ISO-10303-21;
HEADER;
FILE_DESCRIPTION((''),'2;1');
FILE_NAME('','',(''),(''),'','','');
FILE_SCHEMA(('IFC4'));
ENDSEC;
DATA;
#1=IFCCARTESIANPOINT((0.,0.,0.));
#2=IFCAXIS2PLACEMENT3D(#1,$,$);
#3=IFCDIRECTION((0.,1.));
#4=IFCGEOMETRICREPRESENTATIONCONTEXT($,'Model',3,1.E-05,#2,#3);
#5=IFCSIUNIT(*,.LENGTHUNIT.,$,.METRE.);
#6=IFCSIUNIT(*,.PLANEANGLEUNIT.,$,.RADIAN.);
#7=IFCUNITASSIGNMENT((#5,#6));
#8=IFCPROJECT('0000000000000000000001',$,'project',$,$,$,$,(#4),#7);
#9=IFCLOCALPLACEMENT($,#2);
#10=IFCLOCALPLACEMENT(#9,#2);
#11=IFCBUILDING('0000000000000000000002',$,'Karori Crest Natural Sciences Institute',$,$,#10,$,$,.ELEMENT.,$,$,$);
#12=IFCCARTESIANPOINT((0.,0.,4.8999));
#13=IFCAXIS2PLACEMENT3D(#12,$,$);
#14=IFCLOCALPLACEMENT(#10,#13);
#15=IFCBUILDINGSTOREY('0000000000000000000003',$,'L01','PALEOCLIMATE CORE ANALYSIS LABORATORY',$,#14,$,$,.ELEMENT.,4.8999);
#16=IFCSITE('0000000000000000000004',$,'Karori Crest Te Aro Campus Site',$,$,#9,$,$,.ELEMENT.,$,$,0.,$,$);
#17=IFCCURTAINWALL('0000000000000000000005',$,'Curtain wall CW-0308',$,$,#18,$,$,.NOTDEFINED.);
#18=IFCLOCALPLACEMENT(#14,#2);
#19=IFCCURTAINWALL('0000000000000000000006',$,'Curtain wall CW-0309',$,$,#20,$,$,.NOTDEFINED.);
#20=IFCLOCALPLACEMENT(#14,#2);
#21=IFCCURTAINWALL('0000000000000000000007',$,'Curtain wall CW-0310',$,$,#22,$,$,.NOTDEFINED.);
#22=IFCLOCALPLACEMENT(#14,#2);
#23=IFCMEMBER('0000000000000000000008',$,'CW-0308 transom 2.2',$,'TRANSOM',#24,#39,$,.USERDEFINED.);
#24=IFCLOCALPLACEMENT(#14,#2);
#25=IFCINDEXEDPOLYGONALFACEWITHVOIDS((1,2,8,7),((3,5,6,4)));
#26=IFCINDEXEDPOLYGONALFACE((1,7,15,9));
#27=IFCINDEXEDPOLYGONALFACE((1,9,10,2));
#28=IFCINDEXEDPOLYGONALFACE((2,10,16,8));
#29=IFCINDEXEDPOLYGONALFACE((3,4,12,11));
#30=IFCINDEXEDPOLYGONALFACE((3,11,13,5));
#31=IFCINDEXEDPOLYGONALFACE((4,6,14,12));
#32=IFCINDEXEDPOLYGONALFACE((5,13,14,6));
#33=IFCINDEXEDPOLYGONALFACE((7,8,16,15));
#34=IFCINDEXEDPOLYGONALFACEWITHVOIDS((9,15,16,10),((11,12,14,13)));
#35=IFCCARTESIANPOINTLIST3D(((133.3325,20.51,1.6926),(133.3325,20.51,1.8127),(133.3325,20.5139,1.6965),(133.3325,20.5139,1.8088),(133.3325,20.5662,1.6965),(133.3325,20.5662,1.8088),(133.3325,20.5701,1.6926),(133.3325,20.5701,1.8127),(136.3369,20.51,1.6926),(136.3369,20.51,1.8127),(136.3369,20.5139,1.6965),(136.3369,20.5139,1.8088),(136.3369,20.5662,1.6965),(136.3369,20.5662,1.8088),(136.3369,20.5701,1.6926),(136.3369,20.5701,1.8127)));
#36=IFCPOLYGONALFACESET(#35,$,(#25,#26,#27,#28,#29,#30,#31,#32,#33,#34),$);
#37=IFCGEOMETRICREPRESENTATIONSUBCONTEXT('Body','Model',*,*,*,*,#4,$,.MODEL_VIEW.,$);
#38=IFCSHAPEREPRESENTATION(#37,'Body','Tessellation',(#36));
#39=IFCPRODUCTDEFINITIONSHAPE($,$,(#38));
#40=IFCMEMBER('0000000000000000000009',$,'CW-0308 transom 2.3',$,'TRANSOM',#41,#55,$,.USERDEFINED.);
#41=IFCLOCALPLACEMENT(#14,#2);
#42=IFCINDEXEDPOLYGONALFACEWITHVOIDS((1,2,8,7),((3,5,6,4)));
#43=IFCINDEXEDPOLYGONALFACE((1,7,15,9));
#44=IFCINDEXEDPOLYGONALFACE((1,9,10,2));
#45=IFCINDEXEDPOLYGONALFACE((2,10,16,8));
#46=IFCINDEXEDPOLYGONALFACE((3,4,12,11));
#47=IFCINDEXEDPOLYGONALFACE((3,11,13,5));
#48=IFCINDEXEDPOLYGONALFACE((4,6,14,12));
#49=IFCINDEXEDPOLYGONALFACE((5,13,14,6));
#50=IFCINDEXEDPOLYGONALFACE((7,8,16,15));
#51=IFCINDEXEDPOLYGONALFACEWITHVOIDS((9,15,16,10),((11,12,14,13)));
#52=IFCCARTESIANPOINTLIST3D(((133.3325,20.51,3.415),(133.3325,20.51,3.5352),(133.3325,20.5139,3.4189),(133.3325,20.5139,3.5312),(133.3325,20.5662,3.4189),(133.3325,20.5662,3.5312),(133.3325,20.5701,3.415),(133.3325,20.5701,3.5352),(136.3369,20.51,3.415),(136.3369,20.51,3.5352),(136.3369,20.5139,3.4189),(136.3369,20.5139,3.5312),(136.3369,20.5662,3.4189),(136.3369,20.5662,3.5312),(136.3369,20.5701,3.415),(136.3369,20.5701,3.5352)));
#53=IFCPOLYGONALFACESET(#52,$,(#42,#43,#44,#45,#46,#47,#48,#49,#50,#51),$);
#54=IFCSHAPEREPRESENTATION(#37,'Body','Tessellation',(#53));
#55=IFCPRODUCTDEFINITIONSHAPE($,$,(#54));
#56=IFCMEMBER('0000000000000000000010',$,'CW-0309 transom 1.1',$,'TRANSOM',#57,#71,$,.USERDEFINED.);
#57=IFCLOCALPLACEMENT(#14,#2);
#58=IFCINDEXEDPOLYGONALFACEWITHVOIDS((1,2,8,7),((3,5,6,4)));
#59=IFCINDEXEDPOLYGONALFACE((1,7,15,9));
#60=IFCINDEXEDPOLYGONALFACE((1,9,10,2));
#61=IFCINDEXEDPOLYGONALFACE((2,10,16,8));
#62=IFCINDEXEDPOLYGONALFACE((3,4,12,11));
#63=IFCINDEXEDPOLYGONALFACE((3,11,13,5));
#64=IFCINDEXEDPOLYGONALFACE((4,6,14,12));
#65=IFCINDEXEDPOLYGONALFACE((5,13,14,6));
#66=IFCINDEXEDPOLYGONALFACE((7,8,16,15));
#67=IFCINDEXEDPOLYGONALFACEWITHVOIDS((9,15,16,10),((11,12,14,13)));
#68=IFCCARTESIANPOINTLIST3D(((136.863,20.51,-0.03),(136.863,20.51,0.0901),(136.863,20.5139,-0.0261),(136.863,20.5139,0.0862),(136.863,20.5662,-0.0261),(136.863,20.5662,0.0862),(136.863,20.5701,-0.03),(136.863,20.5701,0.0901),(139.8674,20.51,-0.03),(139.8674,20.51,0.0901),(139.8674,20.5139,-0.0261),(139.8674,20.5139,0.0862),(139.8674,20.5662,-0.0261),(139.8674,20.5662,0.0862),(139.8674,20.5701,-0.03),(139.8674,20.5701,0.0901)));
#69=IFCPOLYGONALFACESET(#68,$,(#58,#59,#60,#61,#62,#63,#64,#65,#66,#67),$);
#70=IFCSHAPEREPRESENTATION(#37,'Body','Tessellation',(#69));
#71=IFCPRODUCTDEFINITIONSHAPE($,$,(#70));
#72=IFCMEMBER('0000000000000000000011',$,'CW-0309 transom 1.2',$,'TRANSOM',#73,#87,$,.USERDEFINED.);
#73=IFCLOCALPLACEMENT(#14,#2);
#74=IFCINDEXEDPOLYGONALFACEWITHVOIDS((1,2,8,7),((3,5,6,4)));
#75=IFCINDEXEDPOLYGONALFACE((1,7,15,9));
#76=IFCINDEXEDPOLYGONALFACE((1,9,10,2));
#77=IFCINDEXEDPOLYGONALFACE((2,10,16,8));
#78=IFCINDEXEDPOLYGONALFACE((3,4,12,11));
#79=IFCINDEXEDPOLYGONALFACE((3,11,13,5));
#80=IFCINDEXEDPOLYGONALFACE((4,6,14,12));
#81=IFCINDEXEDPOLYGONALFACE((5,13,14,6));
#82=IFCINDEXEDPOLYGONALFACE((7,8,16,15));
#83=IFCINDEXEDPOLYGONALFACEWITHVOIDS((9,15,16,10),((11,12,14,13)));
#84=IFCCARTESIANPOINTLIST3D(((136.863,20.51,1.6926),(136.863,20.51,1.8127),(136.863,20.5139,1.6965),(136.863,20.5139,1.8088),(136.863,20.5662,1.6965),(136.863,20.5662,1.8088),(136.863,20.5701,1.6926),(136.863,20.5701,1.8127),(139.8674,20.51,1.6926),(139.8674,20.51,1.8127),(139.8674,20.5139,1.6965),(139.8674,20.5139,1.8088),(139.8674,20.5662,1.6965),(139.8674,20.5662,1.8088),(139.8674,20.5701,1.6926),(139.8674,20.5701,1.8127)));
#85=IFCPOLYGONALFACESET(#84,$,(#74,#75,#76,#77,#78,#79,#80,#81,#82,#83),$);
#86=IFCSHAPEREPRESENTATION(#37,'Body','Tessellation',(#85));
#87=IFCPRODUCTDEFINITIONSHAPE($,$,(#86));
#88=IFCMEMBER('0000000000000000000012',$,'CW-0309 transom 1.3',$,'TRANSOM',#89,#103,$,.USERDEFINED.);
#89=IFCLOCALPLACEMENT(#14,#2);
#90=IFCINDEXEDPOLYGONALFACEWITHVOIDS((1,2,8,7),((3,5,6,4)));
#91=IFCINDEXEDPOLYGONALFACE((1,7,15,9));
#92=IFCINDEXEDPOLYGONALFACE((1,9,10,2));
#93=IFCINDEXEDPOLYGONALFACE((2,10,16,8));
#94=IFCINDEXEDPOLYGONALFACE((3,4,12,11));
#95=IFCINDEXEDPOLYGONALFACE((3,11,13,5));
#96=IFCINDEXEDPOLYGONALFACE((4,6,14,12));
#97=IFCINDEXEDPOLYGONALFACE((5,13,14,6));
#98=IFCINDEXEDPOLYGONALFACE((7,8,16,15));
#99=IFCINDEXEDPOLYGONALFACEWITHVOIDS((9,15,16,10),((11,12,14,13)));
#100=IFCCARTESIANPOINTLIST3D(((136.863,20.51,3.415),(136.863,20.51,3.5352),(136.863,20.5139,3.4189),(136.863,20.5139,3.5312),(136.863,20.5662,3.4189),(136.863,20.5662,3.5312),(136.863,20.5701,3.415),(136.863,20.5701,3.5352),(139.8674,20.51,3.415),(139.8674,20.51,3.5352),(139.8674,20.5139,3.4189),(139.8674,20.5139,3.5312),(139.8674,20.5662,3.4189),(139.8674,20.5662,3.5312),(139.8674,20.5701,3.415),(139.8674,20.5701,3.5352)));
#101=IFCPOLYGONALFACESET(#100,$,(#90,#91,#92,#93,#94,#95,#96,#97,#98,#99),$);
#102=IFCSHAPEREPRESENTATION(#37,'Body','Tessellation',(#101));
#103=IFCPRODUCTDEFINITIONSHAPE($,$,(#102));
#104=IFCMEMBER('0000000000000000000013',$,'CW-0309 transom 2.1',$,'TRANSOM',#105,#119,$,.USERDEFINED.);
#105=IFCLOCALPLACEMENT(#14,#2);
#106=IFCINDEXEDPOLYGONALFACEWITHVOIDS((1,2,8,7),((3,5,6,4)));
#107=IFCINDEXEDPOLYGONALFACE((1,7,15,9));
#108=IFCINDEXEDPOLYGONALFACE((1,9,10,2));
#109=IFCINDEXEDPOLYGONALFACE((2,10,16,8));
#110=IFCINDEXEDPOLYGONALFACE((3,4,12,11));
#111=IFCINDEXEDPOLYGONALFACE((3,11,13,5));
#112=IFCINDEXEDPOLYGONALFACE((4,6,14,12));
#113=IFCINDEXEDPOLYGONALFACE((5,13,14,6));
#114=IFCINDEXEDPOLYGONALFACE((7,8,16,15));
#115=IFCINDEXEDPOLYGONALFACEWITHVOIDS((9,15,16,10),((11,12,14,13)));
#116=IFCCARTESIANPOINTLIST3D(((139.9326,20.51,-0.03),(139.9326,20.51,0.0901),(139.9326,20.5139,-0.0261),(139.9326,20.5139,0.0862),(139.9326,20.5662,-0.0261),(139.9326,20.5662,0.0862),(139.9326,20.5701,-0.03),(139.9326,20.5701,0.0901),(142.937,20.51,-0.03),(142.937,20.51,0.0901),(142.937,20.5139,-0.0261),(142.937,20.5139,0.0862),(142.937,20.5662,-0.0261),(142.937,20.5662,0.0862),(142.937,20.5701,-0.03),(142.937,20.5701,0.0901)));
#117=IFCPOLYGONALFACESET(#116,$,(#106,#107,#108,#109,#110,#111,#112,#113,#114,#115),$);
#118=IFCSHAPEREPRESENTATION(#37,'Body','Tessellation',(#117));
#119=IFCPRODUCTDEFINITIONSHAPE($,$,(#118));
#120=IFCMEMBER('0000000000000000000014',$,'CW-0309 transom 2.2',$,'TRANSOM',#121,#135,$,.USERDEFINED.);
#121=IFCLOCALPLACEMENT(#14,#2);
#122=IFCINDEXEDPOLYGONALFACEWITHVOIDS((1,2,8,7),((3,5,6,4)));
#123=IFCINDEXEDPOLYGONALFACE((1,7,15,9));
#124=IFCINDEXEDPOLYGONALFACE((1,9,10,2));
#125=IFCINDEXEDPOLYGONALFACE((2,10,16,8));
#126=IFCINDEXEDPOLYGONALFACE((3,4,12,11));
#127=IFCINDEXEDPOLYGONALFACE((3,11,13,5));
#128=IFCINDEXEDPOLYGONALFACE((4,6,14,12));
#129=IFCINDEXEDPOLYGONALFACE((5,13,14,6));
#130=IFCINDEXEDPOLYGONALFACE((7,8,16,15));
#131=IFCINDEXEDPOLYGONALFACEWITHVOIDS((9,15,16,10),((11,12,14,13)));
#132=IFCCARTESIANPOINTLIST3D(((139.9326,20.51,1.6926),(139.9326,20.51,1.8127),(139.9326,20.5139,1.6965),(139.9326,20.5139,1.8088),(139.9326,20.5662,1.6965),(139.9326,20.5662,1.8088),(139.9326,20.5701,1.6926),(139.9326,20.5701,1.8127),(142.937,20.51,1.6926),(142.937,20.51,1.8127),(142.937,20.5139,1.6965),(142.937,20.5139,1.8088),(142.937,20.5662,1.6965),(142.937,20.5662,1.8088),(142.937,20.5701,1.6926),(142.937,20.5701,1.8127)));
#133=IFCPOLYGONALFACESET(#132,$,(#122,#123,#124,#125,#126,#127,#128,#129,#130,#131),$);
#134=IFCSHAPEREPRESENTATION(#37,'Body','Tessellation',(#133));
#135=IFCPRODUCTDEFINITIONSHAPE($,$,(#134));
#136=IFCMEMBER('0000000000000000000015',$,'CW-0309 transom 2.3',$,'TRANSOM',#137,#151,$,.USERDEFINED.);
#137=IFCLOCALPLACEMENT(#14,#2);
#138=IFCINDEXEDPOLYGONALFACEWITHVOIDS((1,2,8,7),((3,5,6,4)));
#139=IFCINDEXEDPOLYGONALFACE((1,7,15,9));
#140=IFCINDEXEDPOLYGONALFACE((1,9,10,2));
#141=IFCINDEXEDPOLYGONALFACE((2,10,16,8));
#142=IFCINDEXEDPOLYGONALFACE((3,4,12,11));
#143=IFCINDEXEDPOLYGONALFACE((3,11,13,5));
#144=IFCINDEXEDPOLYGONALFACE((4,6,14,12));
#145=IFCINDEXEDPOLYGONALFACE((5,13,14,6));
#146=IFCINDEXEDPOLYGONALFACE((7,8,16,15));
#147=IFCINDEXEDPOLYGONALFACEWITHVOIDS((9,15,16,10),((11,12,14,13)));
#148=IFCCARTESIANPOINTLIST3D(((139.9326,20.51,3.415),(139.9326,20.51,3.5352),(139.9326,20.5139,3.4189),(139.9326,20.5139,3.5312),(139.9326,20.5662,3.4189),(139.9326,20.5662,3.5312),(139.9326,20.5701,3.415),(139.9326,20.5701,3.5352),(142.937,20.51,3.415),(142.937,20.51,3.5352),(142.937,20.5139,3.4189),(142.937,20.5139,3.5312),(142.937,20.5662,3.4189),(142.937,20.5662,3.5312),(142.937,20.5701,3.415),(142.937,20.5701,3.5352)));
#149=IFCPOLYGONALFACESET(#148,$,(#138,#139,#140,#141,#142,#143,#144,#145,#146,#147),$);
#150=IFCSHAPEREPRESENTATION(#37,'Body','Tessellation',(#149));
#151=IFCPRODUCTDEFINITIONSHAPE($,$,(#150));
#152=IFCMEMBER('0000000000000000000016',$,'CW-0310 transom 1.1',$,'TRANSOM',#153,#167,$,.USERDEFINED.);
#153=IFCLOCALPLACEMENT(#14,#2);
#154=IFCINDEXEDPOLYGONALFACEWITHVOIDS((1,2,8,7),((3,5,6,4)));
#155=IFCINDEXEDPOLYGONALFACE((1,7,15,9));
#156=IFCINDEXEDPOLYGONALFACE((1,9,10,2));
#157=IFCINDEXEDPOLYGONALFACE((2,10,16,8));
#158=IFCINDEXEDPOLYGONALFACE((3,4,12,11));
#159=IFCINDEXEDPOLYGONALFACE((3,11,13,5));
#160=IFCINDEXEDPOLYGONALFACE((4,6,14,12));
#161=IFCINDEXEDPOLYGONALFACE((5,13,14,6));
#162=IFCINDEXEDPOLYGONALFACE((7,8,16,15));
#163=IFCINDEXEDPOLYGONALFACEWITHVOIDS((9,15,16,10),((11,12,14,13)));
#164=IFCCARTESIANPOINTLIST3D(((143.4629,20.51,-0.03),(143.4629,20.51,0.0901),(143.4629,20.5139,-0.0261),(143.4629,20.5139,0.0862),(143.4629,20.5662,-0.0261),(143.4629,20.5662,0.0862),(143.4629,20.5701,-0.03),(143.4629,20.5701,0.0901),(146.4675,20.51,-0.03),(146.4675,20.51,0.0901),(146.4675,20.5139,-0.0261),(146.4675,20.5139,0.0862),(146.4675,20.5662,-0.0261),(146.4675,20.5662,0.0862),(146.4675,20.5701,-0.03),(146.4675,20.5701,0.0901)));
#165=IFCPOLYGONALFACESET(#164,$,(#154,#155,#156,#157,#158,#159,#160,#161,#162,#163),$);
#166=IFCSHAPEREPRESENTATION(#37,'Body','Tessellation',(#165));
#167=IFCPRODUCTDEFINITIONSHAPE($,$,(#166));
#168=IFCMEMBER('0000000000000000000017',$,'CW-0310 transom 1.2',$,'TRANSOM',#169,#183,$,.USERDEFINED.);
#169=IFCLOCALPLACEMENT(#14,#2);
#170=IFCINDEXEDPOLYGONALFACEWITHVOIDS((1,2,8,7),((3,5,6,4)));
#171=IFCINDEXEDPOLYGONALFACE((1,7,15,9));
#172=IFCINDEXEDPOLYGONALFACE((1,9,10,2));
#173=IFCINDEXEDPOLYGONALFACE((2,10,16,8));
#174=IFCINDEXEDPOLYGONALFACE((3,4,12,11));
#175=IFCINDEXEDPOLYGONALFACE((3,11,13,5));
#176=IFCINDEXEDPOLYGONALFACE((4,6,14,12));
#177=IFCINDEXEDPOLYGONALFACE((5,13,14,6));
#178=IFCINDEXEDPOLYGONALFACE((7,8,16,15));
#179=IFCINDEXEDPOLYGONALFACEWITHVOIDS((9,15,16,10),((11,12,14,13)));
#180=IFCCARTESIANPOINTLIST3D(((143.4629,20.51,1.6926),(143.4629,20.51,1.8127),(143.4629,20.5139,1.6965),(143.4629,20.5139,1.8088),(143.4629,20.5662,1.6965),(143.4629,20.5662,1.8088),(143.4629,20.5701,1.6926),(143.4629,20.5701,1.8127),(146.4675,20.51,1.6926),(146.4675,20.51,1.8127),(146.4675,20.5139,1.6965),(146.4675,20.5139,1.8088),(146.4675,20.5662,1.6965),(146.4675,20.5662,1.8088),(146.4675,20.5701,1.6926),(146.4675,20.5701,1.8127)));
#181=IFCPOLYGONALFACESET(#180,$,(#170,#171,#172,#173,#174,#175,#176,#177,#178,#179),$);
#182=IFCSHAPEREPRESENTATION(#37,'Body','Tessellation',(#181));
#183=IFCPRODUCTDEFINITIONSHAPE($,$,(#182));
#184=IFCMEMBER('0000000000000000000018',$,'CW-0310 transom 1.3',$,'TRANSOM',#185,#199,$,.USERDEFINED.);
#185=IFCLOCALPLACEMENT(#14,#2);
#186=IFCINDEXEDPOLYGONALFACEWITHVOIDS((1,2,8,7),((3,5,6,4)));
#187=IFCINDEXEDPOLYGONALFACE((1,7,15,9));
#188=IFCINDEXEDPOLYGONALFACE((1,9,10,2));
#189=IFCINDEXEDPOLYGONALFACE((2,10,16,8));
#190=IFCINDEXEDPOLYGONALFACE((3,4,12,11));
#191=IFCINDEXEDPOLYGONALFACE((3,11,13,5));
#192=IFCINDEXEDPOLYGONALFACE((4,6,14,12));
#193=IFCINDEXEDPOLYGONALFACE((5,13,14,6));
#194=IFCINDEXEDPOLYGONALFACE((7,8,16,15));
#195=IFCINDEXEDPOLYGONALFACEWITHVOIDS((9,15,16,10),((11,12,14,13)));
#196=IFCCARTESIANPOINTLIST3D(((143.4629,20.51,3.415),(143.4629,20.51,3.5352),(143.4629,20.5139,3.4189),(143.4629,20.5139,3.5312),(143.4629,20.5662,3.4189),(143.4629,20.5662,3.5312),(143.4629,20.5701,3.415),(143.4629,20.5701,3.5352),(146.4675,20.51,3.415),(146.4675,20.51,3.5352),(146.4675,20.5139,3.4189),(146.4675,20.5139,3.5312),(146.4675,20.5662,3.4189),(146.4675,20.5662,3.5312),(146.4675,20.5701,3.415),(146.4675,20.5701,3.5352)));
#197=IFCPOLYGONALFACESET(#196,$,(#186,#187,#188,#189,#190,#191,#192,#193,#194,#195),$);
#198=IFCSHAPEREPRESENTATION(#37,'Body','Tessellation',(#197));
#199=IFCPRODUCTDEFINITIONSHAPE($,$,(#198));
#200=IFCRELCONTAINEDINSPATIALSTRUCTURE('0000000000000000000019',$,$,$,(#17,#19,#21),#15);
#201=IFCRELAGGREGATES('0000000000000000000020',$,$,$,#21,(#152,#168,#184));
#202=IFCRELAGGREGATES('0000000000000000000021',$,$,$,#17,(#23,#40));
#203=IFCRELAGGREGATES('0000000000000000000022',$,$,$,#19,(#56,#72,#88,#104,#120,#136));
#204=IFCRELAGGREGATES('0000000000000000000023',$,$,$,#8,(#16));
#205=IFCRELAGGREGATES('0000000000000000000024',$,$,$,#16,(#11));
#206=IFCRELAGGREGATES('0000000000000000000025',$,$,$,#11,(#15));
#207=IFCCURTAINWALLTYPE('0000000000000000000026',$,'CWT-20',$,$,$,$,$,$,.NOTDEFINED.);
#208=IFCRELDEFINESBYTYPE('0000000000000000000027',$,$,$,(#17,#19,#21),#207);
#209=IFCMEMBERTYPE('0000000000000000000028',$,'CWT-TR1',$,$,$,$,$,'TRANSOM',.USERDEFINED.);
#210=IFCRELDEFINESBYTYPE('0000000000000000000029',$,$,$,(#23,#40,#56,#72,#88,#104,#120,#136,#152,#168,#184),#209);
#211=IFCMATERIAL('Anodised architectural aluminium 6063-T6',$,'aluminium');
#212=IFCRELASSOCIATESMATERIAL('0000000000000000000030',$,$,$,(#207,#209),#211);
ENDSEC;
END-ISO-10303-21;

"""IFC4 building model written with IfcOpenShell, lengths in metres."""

from ifc_helpers import new_model, si_unit, direction, frame, origin, origin_2d, place, context, subcontext, project, spatial, hollow_rectangle, extrude, material, material_profile, profile_set, type_object, element, aggregate, save


model = new_model("IFC4")

# Units and contexts
model_context = context("Model", 3, precision=1e-05, world=origin(), true_north=direction((0.0, 1.0)))
body_context = subcontext(model_context, "Body", "Model", "MODEL_VIEW")
ifc_project = project(units=[si_unit("LENGTHUNIT", "METRE"), si_unit("PLANEANGLEUNIT", "RADIAN")], contexts=[model_context])

# Site, building, storey
site_placement = place(None, origin())
site = spatial("IfcSite", under=ifc_project, at=site_placement, Name="Karori Crest Te Aro Campus Site", CompositionType="ELEMENT", RefElevation=0.0)
building_placement = place(site_placement, origin())
building = spatial("IfcBuilding", under=site, at=building_placement, Name="Karori Crest Natural Sciences Institute", CompositionType="ELEMENT")
storey_placement = place(building_placement, frame((0.0, 0.0, 4.8999)))
storey = spatial("IfcBuildingStorey", under=building, at=storey_placement, Name="L01", Description="PALEOCLIMATE CORE ANALYSIS LABORATORY", CompositionType="ELEMENT", Elevation=4.8999)

# Curtain walls
ifc_material_1 = material(Name="Anodised architectural aluminium 6063-T6", Category="aluminium")
curtain_wall_type = type_object("IfcCurtainWallType", Name="CWT-20", PredefinedType="NOTDEFINED", material=ifc_material_1)
curtain_wall_1_placement = place(storey_placement, origin())
curtain_wall_1 = element("IfcCurtainWall", 1, at=curtain_wall_1_placement, inside=storey, type_object=curtain_wall_type, Name="Curtain wall CW-0308", PredefinedType="NOTDEFINED")
curtain_wall_2_placement = place(storey_placement, origin())
curtain_wall_2 = element("IfcCurtainWall", 2, at=curtain_wall_2_placement, inside=storey, type_object=curtain_wall_type, Name="Curtain wall CW-0309", PredefinedType="NOTDEFINED")

# Curtain wall
curtain_wall_3_placement = place(storey_placement, origin())
curtain_wall_3 = element("IfcCurtainWall", 3, at=curtain_wall_3_placement, inside=storey, type_object=curtain_wall_type, Name="Curtain wall CW-0310", PredefinedType="NOTDEFINED")

# Members
ifc_material_profile_1 = material_profile(ifc_material_1, hollow_rectangle(XDim=0.0601, YDim=0.1201, WallThickness=0.0039, at=origin_2d()), Name="CWT120x60x4")
ifc_profile_set_1 = profile_set([ifc_material_profile_1], Name="Anodised architectural aluminium 6063-T6")
member_type_1 = type_object("IfcMemberType", Name="CWT-TR1", ElementType="TRANSOM", PredefinedType="USERDEFINED", material=ifc_profile_set_1)
member_1_placement = place(storey_placement, frame((133.3325, 20.54, 1.7527), z_axis=(1.0, 0.0, 0.0), x_axis=(0.0, 1.0, 0.0)))
member_1 = element("IfcMember", 4, at=member_1_placement, type_object=member_type_1, Name="CW-0308 transom 2.2", ObjectType="TRANSOM", PredefinedType="USERDEFINED", context=body_context, shape_type="SweptSolid", body=[
    extrude(hollow_rectangle(XDim=0.0601, YDim=0.1201, WallThickness=0.0039, at=origin_2d()), origin(), (0.0, 0.0, 1.0), 3.0044),
])
member_2_placement = place(storey_placement, frame((133.3325, 20.54, 3.4751), z_axis=(1.0, 0.0, 0.0), x_axis=(0.0, 1.0, 0.0)))
member_2 = element("IfcMember", 5, at=member_2_placement, type_object=member_type_1, Name="CW-0308 transom 2.3", ObjectType="TRANSOM", PredefinedType="USERDEFINED", context=body_context, shape_type="SweptSolid", body=[
    extrude(hollow_rectangle(XDim=0.0601, YDim=0.1201, WallThickness=0.0039, at=origin_2d()), origin(), (0.0, 0.0, 1.0), 3.0044),
])
member_3_placement = place(storey_placement, frame((136.863, 20.54, 0.03), z_axis=(1.0, 0.0, 0.0), x_axis=(0.0, 1.0, 0.0)))
member_3 = element("IfcMember", 6, at=member_3_placement, type_object=member_type_1, Name="CW-0309 transom 1.1", ObjectType="TRANSOM", PredefinedType="USERDEFINED", context=body_context, shape_type="SweptSolid", body=[
    extrude(hollow_rectangle(XDim=0.0601, YDim=0.1201, WallThickness=0.0039, at=origin_2d()), origin(), (0.0, 0.0, 1.0), 3.0044),
])
member_4_placement = place(storey_placement, frame((136.863, 20.54, 1.7527), z_axis=(1.0, 0.0, 0.0), x_axis=(0.0, 1.0, 0.0)))
member_4 = element("IfcMember", 7, at=member_4_placement, type_object=member_type_1, Name="CW-0309 transom 1.2", ObjectType="TRANSOM", PredefinedType="USERDEFINED", context=body_context, shape_type="SweptSolid", body=[
    extrude(hollow_rectangle(XDim=0.0601, YDim=0.1201, WallThickness=0.0039, at=origin_2d()), origin(), (0.0, 0.0, 1.0), 3.0044),
])
member_5_placement = place(storey_placement, frame((136.863, 20.54, 3.4751), z_axis=(1.0, 0.0, 0.0), x_axis=(0.0, 1.0, 0.0)))
member_5 = element("IfcMember", 8, at=member_5_placement, type_object=member_type_1, Name="CW-0309 transom 1.3", ObjectType="TRANSOM", PredefinedType="USERDEFINED", context=body_context, shape_type="SweptSolid", body=[
    extrude(hollow_rectangle(XDim=0.0601, YDim=0.1201, WallThickness=0.0039, at=origin_2d()), origin(), (0.0, 0.0, 1.0), 3.0044),
])
member_6_placement = place(storey_placement, frame((139.9326, 20.54, 0.03), z_axis=(1.0, 0.0, 0.0), x_axis=(0.0, 1.0, 0.0)))
member_6 = element("IfcMember", 9, at=member_6_placement, type_object=member_type_1, Name="CW-0309 transom 2.1", ObjectType="TRANSOM", PredefinedType="USERDEFINED", context=body_context, shape_type="SweptSolid", body=[
    extrude(hollow_rectangle(XDim=0.0601, YDim=0.1201, WallThickness=0.0039, at=origin_2d()), origin(), (0.0, 0.0, 1.0), 3.0044),
])
member_7_placement = place(storey_placement, frame((139.9326, 20.54, 1.7527), z_axis=(1.0, 0.0, 0.0), x_axis=(0.0, 1.0, 0.0)))
member_7 = element("IfcMember", 10, at=member_7_placement, type_object=member_type_1, Name="CW-0309 transom 2.2", ObjectType="TRANSOM", PredefinedType="USERDEFINED", context=body_context, shape_type="SweptSolid", body=[
    extrude(hollow_rectangle(XDim=0.0601, YDim=0.1201, WallThickness=0.0039, at=origin_2d()), origin(), (0.0, 0.0, 1.0), 3.0044),
])
member_8_placement = place(storey_placement, frame((139.9326, 20.54, 3.4751), z_axis=(1.0, 0.0, 0.0), x_axis=(0.0, 1.0, 0.0)))
member_8 = element("IfcMember", 11, at=member_8_placement, type_object=member_type_1, Name="CW-0309 transom 2.3", ObjectType="TRANSOM", PredefinedType="USERDEFINED", context=body_context, shape_type="SweptSolid", body=[
    extrude(hollow_rectangle(XDim=0.0601, YDim=0.1201, WallThickness=0.0039, at=origin_2d()), origin(), (0.0, 0.0, 1.0), 3.0044),
])
member_9_placement = place(storey_placement, frame((143.4629, 20.54, 0.03), z_axis=(1.0, 0.0, 0.0), x_axis=(0.0, 1.0, 0.0)))
member_9 = element("IfcMember", 12, at=member_9_placement, type_object=member_type_1, Name="CW-0310 transom 1.1", ObjectType="TRANSOM", PredefinedType="USERDEFINED", context=body_context, shape_type="SweptSolid", body=[
    extrude(hollow_rectangle(XDim=0.0601, YDim=0.1201, WallThickness=0.0039, at=origin_2d()), origin(), (0.0, 0.0, 1.0), 3.0046),
])
member_10_placement = place(storey_placement, frame((143.4629, 20.54, 1.7527), z_axis=(1.0, 0.0, 0.0), x_axis=(0.0, 1.0, 0.0)))
member_10 = element("IfcMember", 13, at=member_10_placement, type_object=member_type_1, Name="CW-0310 transom 1.2", ObjectType="TRANSOM", PredefinedType="USERDEFINED", context=body_context, shape_type="SweptSolid", body=[
    extrude(hollow_rectangle(XDim=0.0601, YDim=0.1201, WallThickness=0.0039, at=origin_2d()), origin(), (0.0, 0.0, 1.0), 3.0046),
])
member_11_placement = place(storey_placement, frame((143.4629, 20.54, 3.4751), z_axis=(1.0, 0.0, 0.0), x_axis=(0.0, 1.0, 0.0)))
member_11 = element("IfcMember", 14, at=member_11_placement, type_object=member_type_1, Name="CW-0310 transom 1.3", ObjectType="TRANSOM", PredefinedType="USERDEFINED", context=body_context, shape_type="SweptSolid", body=[
    extrude(hollow_rectangle(XDim=0.0601, YDim=0.1201, WallThickness=0.0039, at=origin_2d()), origin(), (0.0, 0.0, 1.0), 3.0046),
])
aggregate(curtain_wall_3, [member_9, member_10, member_11])

aggregate(curtain_wall_1, [member_1, member_2])
aggregate(curtain_wall_2, [member_3, member_4, member_5, member_6, member_7, member_8])

save(model, "model.ifc")
